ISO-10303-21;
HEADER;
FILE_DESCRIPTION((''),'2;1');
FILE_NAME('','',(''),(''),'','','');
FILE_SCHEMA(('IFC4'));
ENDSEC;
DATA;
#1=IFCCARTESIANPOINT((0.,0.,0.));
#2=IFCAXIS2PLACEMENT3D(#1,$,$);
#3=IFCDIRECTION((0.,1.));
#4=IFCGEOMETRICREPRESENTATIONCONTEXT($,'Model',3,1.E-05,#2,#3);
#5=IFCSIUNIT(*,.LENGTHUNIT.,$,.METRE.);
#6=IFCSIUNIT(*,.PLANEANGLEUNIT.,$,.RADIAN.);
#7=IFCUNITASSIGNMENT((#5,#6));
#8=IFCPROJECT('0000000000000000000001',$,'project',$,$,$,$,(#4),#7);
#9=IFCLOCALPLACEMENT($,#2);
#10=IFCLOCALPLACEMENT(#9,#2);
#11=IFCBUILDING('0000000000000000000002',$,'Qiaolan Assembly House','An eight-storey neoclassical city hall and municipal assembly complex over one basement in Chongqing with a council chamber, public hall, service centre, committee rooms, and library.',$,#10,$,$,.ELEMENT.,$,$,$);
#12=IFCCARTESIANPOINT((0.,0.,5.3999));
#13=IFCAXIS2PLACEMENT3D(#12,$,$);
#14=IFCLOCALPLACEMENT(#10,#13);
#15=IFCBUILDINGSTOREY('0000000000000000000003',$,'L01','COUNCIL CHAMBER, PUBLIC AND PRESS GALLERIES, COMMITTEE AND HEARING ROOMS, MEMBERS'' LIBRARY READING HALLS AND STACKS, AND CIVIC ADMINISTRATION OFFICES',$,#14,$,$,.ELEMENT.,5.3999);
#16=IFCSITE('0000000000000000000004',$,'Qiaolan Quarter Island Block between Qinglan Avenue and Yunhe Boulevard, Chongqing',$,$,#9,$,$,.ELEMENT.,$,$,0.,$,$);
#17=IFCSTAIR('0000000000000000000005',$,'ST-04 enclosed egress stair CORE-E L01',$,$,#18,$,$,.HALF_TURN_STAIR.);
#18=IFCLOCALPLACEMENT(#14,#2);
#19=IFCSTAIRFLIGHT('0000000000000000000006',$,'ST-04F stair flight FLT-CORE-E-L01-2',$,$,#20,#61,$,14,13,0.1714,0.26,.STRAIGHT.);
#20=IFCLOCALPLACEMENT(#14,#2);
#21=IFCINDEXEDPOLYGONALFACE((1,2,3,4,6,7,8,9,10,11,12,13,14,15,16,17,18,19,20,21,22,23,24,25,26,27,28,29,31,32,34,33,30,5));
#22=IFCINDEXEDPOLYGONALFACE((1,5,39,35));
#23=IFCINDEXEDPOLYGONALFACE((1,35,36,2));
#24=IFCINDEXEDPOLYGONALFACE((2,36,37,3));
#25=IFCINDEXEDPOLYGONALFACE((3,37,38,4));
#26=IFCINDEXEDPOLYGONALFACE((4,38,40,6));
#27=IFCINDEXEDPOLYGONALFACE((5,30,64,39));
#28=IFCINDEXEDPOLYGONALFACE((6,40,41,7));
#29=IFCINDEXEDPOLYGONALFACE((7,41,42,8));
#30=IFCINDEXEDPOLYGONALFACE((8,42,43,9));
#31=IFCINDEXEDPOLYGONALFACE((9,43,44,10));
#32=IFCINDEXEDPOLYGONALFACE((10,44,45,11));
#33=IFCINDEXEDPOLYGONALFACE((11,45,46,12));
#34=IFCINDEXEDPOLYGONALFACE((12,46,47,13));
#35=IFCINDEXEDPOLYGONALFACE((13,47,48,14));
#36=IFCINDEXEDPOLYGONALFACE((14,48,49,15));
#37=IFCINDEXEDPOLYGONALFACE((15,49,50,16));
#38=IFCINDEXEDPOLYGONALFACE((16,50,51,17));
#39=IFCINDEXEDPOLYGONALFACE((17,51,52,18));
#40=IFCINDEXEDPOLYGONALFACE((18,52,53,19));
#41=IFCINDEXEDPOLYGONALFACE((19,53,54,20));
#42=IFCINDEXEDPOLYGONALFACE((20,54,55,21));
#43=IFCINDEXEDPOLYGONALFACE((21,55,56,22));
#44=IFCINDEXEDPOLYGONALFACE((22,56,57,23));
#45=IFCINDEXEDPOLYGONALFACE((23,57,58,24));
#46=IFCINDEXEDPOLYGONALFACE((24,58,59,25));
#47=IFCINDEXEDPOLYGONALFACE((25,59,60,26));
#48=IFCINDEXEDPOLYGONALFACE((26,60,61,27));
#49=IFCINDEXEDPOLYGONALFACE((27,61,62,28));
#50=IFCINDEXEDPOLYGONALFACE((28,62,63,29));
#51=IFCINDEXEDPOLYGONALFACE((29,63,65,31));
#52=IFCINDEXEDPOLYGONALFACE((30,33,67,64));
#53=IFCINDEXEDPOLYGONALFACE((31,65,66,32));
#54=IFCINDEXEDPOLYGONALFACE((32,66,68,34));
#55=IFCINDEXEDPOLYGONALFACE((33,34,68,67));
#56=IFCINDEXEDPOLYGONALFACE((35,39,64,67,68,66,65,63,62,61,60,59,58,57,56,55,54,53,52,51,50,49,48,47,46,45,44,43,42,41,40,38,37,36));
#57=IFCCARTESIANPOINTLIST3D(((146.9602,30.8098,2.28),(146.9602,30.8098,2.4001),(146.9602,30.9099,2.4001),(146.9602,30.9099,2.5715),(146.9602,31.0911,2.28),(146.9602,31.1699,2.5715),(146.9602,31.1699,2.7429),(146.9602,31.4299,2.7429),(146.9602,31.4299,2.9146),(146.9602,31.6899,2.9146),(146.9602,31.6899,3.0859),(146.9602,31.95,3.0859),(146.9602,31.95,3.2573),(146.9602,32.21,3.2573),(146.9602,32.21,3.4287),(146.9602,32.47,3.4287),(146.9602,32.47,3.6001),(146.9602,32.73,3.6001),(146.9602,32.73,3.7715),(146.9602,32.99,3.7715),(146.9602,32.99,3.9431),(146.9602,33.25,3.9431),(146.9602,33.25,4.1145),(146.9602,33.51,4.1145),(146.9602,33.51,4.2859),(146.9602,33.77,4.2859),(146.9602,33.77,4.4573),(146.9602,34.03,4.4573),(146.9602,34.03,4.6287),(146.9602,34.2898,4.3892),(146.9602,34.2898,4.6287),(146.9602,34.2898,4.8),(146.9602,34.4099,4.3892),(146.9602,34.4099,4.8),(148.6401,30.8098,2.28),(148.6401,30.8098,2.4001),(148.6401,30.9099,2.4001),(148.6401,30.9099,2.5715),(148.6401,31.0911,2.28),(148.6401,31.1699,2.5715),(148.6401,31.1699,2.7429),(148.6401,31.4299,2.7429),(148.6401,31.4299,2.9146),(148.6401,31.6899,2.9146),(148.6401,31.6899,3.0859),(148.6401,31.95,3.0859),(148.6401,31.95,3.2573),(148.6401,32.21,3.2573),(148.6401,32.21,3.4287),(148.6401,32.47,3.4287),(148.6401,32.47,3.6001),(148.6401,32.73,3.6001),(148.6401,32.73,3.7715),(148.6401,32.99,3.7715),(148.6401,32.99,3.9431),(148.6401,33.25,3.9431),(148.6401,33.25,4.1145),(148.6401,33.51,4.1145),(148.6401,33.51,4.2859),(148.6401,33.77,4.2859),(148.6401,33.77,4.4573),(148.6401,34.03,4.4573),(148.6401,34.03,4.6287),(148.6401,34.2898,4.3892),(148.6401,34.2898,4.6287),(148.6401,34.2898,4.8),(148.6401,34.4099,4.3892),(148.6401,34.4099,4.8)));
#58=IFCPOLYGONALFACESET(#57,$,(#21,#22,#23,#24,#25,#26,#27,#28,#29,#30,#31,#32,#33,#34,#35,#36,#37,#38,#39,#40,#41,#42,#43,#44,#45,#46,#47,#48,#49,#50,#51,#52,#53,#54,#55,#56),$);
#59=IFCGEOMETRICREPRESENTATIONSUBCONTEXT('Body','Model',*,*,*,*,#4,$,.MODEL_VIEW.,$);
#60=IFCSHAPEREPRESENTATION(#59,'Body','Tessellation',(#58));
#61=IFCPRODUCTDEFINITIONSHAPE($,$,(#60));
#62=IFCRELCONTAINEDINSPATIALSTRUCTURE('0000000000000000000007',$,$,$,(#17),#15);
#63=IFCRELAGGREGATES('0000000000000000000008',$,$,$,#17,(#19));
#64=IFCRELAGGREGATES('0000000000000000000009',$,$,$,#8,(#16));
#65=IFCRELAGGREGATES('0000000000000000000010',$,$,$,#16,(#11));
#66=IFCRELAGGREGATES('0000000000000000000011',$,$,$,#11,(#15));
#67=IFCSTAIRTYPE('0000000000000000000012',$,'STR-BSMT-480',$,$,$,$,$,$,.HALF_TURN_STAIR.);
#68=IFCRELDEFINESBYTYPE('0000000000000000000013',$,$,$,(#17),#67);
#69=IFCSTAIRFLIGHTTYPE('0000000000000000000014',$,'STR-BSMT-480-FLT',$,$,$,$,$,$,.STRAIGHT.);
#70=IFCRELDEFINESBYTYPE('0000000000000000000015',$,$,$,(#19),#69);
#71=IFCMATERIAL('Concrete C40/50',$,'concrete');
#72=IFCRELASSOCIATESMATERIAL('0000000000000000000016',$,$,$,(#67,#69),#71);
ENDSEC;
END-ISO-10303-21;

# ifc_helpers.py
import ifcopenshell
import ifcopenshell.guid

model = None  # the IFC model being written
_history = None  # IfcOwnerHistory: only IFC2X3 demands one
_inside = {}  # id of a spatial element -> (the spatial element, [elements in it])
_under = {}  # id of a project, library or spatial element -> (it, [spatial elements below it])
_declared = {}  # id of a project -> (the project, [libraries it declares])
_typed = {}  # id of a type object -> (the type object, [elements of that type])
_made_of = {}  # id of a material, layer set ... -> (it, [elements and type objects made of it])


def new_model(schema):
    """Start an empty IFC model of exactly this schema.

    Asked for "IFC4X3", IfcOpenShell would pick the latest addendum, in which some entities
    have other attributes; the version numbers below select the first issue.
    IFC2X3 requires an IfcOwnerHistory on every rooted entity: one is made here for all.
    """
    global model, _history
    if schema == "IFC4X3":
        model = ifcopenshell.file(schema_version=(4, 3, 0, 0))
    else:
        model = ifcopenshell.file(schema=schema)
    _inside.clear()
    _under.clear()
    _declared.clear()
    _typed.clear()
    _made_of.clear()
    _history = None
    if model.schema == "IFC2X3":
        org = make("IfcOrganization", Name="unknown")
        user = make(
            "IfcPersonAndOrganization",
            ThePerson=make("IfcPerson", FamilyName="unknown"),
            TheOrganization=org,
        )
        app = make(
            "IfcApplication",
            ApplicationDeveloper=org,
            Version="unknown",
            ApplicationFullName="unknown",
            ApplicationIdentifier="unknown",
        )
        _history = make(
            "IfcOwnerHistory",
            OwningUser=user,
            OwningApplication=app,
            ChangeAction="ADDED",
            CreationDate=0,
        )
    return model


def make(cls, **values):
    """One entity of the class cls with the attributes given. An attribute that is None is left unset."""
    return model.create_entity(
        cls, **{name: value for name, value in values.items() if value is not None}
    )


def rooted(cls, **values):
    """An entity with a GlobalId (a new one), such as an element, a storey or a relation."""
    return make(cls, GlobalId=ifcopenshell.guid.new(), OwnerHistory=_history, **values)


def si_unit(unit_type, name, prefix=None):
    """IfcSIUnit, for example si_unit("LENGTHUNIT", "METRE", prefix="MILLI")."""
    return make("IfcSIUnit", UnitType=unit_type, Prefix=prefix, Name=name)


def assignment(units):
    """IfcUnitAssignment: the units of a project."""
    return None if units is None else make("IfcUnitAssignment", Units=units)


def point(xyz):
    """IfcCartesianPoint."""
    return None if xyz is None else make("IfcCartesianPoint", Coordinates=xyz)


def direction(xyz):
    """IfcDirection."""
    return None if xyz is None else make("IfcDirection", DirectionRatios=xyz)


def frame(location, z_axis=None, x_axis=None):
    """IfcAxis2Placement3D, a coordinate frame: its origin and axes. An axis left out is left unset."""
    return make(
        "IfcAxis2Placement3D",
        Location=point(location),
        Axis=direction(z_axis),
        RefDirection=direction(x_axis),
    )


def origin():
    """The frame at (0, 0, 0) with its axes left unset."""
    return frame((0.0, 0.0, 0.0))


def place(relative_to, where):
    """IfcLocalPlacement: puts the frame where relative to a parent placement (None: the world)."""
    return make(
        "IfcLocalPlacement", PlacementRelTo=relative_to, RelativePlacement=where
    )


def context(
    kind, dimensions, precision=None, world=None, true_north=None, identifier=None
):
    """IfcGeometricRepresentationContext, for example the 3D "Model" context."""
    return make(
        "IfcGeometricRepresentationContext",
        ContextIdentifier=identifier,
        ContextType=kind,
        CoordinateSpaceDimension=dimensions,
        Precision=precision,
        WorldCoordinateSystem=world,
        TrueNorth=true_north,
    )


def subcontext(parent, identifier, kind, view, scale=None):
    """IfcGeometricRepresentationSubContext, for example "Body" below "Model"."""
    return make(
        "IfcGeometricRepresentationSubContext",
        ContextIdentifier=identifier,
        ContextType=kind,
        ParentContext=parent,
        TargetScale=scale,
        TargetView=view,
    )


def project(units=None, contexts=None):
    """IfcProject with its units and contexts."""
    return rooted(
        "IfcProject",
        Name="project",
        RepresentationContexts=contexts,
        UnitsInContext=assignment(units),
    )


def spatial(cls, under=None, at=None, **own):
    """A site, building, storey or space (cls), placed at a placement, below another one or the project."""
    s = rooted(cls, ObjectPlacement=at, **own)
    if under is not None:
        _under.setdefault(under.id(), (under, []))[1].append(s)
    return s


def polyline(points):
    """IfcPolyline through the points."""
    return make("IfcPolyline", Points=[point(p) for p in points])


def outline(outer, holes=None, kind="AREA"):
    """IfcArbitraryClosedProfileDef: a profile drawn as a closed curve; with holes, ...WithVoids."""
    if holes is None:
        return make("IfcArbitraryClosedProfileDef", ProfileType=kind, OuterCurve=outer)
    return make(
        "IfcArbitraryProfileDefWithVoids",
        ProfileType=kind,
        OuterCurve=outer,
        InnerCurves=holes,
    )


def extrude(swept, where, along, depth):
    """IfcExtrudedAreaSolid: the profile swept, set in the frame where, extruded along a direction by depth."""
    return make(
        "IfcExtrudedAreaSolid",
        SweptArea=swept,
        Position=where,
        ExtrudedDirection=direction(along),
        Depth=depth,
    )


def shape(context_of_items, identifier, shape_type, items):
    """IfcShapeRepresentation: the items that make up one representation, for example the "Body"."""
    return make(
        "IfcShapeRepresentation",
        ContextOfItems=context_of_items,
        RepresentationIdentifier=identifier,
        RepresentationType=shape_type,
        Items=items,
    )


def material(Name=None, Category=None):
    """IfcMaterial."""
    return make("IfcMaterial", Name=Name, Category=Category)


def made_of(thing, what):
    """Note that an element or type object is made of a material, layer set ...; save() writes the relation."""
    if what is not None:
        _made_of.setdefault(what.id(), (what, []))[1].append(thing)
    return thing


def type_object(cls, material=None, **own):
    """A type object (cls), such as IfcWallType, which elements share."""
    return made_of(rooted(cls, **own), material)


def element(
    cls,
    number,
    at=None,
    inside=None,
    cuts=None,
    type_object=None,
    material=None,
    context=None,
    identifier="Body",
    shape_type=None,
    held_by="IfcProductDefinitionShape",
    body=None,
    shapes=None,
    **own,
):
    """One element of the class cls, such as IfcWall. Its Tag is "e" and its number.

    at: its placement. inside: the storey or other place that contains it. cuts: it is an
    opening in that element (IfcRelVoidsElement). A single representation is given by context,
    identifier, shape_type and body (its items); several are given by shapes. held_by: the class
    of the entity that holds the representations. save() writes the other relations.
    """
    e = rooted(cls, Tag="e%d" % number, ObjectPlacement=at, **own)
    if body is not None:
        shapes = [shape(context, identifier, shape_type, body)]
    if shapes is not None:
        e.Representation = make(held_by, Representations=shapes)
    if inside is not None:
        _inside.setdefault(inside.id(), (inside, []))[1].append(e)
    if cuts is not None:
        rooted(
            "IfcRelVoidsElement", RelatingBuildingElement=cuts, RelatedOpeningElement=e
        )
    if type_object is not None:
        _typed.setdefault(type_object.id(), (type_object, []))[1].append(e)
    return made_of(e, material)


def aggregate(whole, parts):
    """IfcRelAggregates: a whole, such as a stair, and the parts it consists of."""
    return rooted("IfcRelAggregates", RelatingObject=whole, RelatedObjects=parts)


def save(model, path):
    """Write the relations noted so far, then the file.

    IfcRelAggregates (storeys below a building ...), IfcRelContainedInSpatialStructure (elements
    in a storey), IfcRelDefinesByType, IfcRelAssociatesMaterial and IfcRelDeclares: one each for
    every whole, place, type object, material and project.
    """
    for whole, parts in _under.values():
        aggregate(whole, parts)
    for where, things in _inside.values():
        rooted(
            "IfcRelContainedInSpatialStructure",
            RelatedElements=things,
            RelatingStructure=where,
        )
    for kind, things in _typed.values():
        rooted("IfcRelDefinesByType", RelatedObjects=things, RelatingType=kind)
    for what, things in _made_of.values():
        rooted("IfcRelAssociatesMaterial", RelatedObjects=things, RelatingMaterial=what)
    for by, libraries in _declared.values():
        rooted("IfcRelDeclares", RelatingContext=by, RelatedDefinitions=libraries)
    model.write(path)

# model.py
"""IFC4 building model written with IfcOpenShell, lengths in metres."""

from ifc_helpers import new_model, si_unit, direction, frame, origin, place, context, subcontext, project, spatial, polyline, outline, extrude, material, type_object, element, aggregate, save


model = new_model("IFC4")

# Units and contexts
model_context = context("Model", 3, precision=1e-05, world=origin(), true_north=direction((0.0, 1.0)))
body_context = subcontext(model_context, "Body", "Model", "MODEL_VIEW")
ifc_project = project(units=[si_unit("LENGTHUNIT", "METRE"), si_unit("PLANEANGLEUNIT", "RADIAN")], contexts=[model_context])

# Site, building, storey
site_placement = place(None, origin())
site = spatial("IfcSite", under=ifc_project, at=site_placement, Name="Qiaolan Quarter Island Block between Qinglan Avenue and Yunhe Boulevard, Chongqing", CompositionType="ELEMENT", RefElevation=0.0)
building_placement = place(site_placement, origin())
building = spatial("IfcBuilding", under=site, at=building_placement, Name="Qiaolan Assembly House", Description="An eight-storey neoclassical city hall and municipal assembly complex over one basement in Chongqing with a council chamber, public hall, service centre, committee rooms, and library.", CompositionType="ELEMENT")
storey_placement = place(building_placement, frame((0.0, 0.0, 5.3999)))
storey = spatial("IfcBuildingStorey", under=building, at=storey_placement, Name="L01", Description="COUNCIL CHAMBER, PUBLIC AND PRESS GALLERIES, COMMITTEE AND HEARING ROOMS, MEMBERS' LIBRARY READING HALLS AND STACKS, AND CIVIC ADMINISTRATION OFFICES", CompositionType="ELEMENT", Elevation=5.3999)

# Shared definitions
ifc_material_1 = material(Name="Concrete C40/50", Category="concrete")

# Stair, stair flight
stair_type = type_object("IfcStairType", Name="STR-BSMT-480", PredefinedType="HALF_TURN_STAIR", material=ifc_material_1)
stair_placement = place(storey_placement, origin())
stair = element("IfcStair", 1, at=stair_placement, inside=storey, type_object=stair_type, Name="ST-04 enclosed egress stair CORE-E L01", PredefinedType="HALF_TURN_STAIR")
stair_flight_type = type_object("IfcStairFlightType", Name="STR-BSMT-480-FLT", PredefinedType="STRAIGHT", material=ifc_material_1)
stair_flight_1_placement = place(storey_placement, frame((147.8, 30.9099, 2.4001), z_axis=(0.0, 0.0, 1.0), x_axis=(0.0, 1.0, 0.0)))
stair_flight_1 = element("IfcStairFlight", 2, at=stair_flight_1_placement, type_object=stair_flight_type, Name="ST-04F stair flight FLT-CORE-E-L01-2", NumberOfRisers=14, NumberOfTreads=13, PredefinedType="STRAIGHT", RiserHeight=0.1714, TreadLength=0.26, context=body_context, shape_type="SweptSolid", body=[
    extrude(outline(polyline([(-0.1001, -0.1201), (-0.1001, 0.0), (0.0, 0.0), (0.0, 0.1714), (0.26, 0.1714), (0.26, 0.3428), (0.52, 0.3428), (0.52, 0.5144), (0.78, 0.5144), (0.78, 0.6858), (1.04, 0.6858), (1.04, 0.8572), (1.3, 0.8572), (1.3, 1.0286), (1.5601, 1.0286), (1.5601, 1.2), (1.8201, 1.2), (1.8201, 1.3713), (2.0801, 1.3713), (2.0801, 1.543), (2.3401, 1.543), (2.3401, 1.7144), (2.6001, 1.7144), (2.6001, 1.8857), (2.8601, 1.8857), (2.8601, 2.0571), (3.1201, 2.0571), (3.1201, 2.2285), (3.3799, 2.2285), (3.3799, 2.3999), (3.5, 2.3999), (3.5, 1.989), (3.3799, 1.989), (0.1812, -0.1201), (-0.1001, -0.1201)])), frame((0.0, 0.8398, 0.0), z_axis=(0.0, -1.0, 0.0), x_axis=(1.0, 0.0, 0.0)), (0.0, 0.0, 1.0), 1.6799),
])
aggregate(stair, [stair_flight_1])

save(model, "model.ifc")
